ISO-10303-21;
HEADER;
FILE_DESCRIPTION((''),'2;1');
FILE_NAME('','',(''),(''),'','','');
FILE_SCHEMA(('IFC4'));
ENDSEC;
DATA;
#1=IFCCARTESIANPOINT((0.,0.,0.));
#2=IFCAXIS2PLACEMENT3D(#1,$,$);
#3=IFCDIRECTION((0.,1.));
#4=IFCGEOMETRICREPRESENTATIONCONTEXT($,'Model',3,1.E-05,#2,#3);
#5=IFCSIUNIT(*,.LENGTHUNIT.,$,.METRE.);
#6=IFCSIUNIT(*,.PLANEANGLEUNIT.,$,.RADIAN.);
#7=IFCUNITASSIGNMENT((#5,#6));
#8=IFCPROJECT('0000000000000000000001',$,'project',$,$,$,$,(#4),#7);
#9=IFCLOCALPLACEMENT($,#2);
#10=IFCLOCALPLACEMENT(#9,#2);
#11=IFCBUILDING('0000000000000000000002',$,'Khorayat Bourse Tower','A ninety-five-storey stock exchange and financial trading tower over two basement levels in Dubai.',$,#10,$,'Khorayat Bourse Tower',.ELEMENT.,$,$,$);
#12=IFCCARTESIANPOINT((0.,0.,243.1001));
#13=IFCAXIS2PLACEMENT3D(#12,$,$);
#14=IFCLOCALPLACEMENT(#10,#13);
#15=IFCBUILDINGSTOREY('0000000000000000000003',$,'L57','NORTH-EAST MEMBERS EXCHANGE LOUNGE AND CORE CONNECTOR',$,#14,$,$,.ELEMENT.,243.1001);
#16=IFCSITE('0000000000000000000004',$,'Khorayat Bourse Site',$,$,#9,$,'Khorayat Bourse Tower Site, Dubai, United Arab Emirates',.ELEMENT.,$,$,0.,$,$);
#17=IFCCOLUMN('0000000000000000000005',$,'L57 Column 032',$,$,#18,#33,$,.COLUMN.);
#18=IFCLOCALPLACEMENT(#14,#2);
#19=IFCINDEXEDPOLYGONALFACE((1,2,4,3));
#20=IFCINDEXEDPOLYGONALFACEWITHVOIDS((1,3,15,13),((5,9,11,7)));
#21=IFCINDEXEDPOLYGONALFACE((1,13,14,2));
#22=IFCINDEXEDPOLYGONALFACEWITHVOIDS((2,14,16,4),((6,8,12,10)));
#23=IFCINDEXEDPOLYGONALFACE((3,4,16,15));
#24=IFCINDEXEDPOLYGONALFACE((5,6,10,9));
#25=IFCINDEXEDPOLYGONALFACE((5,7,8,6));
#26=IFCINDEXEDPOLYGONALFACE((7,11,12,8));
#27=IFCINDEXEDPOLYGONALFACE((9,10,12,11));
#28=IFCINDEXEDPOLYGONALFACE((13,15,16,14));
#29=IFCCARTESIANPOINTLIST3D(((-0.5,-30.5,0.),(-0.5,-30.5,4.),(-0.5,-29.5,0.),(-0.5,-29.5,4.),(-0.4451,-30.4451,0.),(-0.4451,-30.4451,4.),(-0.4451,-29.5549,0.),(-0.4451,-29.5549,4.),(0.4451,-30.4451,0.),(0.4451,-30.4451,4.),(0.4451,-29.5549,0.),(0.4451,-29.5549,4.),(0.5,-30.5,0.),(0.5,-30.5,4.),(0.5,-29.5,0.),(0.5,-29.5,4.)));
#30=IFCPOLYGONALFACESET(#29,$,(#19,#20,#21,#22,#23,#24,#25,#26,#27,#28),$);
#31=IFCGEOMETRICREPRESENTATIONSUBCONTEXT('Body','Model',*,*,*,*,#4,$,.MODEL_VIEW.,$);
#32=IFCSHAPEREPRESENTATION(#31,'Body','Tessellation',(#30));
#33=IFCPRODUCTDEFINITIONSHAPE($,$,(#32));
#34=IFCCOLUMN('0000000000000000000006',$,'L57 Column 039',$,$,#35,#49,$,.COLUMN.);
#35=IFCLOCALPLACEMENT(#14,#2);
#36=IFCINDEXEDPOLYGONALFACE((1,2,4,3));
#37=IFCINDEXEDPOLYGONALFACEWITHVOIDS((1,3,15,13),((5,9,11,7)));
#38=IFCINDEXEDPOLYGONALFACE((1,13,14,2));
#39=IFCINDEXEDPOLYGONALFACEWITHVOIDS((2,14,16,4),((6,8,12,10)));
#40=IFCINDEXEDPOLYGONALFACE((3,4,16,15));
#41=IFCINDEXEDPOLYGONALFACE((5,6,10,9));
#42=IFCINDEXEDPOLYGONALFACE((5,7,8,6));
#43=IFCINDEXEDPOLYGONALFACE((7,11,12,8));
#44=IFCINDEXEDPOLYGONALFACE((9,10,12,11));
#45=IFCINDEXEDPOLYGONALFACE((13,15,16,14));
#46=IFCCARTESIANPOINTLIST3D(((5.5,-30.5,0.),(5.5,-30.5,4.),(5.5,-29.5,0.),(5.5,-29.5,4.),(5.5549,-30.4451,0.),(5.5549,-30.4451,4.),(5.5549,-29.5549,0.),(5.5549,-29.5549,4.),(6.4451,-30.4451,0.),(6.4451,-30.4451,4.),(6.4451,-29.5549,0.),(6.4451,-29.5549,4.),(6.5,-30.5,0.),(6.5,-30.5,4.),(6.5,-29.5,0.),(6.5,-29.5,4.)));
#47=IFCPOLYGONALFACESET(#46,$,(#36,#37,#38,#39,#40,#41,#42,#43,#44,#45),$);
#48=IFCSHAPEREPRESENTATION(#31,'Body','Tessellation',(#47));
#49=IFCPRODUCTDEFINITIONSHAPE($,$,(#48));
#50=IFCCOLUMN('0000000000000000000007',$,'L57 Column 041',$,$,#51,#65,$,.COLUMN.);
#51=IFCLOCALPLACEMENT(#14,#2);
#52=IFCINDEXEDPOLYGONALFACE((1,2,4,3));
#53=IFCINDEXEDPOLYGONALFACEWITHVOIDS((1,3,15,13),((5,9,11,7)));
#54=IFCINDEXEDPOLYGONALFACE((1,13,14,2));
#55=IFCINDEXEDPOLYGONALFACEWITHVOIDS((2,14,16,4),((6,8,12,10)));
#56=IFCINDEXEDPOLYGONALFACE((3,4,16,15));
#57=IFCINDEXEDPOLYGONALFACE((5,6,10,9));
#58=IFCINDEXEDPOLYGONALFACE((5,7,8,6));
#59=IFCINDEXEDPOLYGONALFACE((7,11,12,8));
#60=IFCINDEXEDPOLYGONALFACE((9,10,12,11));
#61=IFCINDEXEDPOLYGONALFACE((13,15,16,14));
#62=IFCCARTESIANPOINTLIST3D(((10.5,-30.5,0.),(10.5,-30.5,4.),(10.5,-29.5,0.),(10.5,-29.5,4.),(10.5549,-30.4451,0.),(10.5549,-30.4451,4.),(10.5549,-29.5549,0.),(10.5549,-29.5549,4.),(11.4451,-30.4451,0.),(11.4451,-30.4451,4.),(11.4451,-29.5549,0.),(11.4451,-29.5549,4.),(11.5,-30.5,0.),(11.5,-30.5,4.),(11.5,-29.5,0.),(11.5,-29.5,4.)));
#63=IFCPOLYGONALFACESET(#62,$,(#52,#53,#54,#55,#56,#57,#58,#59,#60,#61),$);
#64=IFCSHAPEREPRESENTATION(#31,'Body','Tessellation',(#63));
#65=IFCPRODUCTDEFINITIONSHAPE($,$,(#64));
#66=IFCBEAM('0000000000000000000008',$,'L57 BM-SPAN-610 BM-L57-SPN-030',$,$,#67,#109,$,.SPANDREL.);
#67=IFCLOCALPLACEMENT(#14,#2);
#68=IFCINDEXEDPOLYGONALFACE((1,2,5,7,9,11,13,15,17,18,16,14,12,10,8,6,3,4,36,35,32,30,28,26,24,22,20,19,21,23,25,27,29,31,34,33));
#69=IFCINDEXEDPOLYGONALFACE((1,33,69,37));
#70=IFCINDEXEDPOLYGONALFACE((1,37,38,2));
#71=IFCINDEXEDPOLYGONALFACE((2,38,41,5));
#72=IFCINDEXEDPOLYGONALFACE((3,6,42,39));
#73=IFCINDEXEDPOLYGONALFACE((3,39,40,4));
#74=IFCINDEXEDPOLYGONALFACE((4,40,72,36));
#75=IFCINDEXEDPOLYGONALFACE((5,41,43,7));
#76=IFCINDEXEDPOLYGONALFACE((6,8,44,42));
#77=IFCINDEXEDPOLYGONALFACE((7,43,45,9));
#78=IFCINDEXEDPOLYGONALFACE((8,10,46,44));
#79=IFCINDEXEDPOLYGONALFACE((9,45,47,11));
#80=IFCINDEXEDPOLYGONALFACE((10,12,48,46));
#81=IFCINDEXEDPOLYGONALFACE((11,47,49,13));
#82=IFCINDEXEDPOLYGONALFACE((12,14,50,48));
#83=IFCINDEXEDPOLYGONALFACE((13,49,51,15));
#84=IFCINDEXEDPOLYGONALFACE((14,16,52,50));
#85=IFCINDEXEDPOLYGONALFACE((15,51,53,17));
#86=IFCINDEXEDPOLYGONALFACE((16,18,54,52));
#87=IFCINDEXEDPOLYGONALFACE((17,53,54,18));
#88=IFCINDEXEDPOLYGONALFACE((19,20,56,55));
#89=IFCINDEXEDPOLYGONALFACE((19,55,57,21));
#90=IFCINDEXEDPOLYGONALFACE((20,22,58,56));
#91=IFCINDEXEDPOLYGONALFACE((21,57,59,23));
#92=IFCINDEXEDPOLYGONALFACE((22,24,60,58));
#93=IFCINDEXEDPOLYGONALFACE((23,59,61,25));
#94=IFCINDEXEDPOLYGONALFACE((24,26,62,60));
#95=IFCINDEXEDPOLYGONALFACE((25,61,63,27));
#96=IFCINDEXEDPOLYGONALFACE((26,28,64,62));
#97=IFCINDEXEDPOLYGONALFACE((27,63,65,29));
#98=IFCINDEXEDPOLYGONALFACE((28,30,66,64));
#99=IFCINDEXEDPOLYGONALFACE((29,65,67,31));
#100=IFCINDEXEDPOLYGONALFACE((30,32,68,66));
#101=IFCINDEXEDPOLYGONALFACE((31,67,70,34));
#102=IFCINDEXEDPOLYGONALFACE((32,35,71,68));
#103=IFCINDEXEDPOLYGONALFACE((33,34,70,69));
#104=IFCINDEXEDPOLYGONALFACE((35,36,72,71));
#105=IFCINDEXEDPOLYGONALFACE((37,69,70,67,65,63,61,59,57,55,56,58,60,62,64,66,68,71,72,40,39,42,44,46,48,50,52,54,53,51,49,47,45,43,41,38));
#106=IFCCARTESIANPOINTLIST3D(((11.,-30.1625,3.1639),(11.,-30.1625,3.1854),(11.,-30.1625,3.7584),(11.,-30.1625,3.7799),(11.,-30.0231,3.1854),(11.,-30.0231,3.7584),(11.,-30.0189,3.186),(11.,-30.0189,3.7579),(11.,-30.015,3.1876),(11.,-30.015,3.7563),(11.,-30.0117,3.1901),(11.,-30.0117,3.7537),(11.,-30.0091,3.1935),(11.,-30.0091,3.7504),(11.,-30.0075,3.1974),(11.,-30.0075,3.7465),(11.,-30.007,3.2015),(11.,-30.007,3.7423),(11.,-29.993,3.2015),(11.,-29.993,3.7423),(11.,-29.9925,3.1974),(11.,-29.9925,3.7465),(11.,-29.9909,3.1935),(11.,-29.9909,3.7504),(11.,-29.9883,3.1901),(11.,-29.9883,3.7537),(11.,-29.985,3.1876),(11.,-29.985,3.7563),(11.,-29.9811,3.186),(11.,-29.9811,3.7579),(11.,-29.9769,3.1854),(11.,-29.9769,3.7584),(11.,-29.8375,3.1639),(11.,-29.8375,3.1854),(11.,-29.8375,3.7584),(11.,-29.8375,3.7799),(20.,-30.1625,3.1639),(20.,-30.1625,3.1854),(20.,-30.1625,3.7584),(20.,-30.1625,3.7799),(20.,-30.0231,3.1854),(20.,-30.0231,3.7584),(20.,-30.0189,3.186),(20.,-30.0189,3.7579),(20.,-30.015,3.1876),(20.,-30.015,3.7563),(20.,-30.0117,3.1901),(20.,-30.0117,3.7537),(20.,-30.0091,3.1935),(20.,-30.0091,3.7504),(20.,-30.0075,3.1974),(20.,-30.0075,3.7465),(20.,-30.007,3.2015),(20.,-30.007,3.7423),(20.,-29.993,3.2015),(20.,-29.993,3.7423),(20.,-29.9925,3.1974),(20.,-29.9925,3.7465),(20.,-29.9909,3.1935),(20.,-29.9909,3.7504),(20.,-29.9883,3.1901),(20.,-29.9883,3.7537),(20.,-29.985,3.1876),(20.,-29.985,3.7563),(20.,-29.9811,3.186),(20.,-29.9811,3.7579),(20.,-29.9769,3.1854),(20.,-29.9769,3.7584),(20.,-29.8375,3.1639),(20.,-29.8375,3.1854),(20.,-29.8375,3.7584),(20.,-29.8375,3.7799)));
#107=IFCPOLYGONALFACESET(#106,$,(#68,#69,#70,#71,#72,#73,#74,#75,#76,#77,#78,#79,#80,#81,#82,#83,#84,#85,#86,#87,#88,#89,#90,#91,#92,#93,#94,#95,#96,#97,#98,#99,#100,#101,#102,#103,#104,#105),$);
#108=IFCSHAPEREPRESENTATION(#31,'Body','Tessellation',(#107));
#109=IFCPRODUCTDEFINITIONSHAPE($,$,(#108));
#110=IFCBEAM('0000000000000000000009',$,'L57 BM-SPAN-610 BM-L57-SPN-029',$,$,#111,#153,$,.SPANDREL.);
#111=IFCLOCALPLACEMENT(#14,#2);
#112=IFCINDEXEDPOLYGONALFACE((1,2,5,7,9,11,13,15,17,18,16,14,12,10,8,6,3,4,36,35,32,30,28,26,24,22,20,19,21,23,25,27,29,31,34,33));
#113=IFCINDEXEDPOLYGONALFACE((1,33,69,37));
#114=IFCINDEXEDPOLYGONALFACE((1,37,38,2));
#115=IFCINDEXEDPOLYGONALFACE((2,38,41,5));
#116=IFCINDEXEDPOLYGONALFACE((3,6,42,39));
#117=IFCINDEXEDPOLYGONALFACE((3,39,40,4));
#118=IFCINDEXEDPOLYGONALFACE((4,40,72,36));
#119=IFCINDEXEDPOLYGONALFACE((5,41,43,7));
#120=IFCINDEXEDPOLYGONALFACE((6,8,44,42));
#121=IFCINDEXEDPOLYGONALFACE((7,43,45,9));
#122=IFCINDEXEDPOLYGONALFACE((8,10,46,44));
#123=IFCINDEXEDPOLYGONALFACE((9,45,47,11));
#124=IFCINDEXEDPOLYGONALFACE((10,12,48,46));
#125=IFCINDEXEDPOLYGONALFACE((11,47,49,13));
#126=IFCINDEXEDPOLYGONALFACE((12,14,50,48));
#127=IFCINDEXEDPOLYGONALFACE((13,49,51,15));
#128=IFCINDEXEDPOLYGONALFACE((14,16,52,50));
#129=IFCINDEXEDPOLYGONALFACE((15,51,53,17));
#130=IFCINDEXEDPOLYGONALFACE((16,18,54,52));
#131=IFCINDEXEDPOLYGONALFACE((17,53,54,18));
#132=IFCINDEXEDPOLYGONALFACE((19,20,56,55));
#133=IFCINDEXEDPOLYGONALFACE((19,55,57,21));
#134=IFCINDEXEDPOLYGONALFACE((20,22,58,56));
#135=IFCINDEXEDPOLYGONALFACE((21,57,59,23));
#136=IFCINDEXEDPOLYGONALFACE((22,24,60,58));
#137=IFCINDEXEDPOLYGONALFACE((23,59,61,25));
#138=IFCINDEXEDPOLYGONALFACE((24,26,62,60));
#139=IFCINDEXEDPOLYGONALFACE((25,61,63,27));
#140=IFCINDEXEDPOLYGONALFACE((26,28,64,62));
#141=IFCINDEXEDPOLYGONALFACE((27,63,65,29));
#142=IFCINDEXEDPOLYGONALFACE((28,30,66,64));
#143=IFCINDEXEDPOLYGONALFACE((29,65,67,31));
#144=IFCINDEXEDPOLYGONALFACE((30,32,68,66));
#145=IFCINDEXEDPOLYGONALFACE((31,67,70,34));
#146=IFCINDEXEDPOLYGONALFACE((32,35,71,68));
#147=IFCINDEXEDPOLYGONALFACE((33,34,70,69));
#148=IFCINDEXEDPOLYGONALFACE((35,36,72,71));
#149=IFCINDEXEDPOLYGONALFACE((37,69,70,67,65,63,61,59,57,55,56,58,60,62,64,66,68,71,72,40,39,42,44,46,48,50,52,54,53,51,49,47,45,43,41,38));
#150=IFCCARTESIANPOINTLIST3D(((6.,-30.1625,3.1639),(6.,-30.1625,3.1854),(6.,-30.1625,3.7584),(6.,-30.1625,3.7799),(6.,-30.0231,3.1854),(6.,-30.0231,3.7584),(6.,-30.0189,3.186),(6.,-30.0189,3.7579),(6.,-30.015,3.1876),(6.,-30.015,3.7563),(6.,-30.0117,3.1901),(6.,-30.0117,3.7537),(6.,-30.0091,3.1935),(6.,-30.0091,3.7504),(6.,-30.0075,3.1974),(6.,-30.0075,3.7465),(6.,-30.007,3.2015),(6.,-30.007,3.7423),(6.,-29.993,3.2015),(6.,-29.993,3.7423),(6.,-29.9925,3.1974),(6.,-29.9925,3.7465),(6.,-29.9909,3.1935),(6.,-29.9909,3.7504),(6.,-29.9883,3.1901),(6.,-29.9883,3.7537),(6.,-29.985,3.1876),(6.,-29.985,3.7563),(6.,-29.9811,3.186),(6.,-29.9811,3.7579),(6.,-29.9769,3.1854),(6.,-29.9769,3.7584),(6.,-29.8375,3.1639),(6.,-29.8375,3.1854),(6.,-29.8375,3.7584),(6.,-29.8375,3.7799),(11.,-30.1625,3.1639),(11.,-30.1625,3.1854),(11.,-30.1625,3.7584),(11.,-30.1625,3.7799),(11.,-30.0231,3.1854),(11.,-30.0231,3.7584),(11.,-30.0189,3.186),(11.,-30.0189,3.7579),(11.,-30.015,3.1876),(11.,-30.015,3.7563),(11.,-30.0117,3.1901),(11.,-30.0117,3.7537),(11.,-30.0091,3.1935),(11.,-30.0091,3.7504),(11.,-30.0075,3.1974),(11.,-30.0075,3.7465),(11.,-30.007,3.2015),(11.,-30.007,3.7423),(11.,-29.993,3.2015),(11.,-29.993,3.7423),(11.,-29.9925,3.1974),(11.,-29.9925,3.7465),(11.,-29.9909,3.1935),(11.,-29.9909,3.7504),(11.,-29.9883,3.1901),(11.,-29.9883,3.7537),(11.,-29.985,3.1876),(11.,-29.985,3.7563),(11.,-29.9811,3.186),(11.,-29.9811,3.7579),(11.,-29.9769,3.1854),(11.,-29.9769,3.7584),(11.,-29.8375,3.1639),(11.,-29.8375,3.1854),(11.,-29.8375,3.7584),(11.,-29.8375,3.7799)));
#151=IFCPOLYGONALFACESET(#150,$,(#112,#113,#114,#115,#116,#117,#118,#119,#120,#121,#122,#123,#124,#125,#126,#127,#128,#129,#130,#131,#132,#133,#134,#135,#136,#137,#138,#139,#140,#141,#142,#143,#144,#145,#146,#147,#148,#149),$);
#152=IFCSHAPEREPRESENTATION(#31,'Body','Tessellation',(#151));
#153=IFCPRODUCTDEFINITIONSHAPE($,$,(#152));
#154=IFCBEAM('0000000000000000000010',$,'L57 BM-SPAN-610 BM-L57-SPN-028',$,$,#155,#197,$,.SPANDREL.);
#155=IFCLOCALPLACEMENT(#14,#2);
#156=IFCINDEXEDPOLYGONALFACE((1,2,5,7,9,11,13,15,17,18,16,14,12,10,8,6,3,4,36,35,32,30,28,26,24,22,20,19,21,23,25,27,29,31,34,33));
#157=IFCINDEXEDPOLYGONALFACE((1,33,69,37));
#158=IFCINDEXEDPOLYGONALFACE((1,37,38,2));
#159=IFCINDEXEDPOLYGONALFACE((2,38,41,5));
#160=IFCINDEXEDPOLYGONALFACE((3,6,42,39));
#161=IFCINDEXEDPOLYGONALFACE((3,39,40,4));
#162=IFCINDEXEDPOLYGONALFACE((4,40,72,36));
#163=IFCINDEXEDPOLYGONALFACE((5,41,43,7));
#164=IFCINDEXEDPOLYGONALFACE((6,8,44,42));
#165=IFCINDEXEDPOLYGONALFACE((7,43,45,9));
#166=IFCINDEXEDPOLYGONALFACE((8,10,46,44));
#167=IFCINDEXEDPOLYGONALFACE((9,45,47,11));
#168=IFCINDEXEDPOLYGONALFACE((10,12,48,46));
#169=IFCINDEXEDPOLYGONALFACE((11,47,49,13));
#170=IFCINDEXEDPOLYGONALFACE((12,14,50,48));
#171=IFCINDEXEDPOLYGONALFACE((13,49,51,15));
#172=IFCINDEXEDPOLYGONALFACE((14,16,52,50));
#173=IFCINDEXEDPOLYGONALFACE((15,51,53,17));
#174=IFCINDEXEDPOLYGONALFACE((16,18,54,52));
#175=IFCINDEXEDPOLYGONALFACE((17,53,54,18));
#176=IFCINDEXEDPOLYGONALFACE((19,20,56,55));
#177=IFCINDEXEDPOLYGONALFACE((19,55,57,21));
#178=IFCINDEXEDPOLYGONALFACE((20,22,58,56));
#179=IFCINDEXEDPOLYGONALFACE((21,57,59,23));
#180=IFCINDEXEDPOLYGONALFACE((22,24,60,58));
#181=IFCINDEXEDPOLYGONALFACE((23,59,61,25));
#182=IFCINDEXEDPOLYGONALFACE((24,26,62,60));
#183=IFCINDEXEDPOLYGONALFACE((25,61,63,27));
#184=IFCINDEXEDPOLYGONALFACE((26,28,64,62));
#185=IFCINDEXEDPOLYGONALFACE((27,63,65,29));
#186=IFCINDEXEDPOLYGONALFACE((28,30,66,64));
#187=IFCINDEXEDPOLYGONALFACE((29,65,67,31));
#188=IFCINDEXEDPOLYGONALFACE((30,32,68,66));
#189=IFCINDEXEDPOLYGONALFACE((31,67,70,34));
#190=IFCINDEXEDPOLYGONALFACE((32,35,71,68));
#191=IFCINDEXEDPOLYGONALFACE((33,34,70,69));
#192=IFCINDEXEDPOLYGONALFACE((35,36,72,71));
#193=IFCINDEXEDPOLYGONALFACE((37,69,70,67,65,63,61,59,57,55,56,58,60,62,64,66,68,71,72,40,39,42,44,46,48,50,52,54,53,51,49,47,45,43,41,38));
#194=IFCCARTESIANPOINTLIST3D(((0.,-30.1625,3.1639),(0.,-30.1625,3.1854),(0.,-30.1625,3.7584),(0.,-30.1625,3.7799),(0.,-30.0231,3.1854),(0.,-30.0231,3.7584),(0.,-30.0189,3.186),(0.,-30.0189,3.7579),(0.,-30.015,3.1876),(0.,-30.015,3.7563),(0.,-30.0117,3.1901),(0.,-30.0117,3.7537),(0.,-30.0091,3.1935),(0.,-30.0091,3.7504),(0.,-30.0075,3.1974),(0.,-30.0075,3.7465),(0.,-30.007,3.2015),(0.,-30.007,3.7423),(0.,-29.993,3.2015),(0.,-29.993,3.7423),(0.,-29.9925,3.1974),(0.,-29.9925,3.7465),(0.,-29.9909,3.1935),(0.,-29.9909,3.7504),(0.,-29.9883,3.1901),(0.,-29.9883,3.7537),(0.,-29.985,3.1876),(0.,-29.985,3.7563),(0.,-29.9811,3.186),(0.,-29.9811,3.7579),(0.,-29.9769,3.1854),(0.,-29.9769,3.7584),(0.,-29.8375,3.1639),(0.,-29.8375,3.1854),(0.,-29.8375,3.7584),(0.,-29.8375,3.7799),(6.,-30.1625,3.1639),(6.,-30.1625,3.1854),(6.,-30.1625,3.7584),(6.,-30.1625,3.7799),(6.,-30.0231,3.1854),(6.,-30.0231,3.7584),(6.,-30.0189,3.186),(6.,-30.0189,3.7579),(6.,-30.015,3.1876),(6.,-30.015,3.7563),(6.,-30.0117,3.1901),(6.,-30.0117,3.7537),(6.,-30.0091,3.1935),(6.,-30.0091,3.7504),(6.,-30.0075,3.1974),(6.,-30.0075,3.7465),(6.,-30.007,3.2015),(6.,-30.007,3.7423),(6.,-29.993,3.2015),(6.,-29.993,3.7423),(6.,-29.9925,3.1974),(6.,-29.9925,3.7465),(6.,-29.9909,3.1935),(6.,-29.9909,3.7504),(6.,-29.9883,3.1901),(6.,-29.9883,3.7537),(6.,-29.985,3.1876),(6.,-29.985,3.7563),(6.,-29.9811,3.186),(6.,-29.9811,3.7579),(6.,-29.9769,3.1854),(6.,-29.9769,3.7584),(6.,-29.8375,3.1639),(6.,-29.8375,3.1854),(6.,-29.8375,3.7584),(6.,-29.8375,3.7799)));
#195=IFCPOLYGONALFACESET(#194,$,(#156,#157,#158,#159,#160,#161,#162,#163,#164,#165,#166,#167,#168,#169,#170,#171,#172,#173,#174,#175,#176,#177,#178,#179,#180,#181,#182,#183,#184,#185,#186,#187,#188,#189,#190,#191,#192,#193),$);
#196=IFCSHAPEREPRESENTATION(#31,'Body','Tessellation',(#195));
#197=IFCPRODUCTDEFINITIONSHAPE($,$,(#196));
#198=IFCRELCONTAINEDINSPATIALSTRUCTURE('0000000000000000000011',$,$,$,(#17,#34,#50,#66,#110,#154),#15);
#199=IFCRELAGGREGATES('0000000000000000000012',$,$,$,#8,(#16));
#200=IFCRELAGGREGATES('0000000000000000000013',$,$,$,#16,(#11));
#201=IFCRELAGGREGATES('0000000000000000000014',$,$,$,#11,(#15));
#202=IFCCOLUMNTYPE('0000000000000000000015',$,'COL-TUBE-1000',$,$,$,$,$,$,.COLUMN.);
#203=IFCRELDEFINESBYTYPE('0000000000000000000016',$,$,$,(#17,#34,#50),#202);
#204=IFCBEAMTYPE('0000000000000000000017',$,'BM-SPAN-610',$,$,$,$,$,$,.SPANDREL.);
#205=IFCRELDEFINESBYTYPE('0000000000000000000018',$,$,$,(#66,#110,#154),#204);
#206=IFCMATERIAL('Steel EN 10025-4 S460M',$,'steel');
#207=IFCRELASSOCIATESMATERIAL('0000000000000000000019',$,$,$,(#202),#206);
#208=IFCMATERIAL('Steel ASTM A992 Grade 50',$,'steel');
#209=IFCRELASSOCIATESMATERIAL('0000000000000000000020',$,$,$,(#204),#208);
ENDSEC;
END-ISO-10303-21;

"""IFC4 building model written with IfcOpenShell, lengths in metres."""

from ifc_helpers import new_model, si_unit, direction, frame, origin, origin_2d, place, context, subcontext, project, spatial, hollow_rectangle, i_section, extrude, source, transform, mapped, material, material_profile, profile_set, type_object, element, save


model = new_model("IFC4")

# Units and contexts
model_context = context("Model", 3, precision=1e-05, world=origin(), true_north=direction((0.0, 1.0)))
body_context = subcontext(model_context, "Body", "Model", "MODEL_VIEW")
ifc_project = project(units=[si_unit("LENGTHUNIT", "METRE"), si_unit("PLANEANGLEUNIT", "RADIAN")], contexts=[model_context])

# Site, building, storey
site_placement = place(None, origin())
site = spatial("IfcSite", under=ifc_project, at=site_placement, Name="Khorayat Bourse Site", LongName="Khorayat Bourse Tower Site, Dubai, United Arab Emirates", CompositionType="ELEMENT", RefElevation=0.0)
building_placement = place(site_placement, origin())
building = spatial("IfcBuilding", under=site, at=building_placement, Name="Khorayat Bourse Tower", Description="A ninety-five-storey stock exchange and financial trading tower over two basement levels in Dubai.", LongName="Khorayat Bourse Tower", CompositionType="ELEMENT")
storey_placement = place(building_placement, frame((0.0, 0.0, 243.1001)))
storey = spatial("IfcBuildingStorey", under=building, at=storey_placement, Name="L57", Description="NORTH-EAST MEMBERS EXCHANGE LOUNGE AND CORE CONNECTOR", CompositionType="ELEMENT", Elevation=243.1001)

# Columns
ifc_material_1 = material(Name="Steel EN 10025-4 S460M", Category="steel")
ifc_material_profile_1 = material_profile(ifc_material_1, hollow_rectangle(XDim=1.0, YDim=1.0, WallThickness=0.0549, at=origin_2d()), Name="BOX 1000x1000x55")
ifc_profile_set_1 = profile_set([ifc_material_profile_1], Name="Steel EN 10025-4 S460M")
column_type = type_object("IfcColumnType", Name="COL-TUBE-1000", PredefinedType="COLUMN", material=ifc_profile_set_1)
shared_shape_1 = source(origin(), body_context, "Body", "SweptSolid", [
    extrude(hollow_rectangle(XDim=1.0, YDim=1.0, WallThickness=0.0549, at=origin_2d()), origin(), (0.0, 0.0, 1.0), 4.0),
])
for number, where, z_axis, x_axis, name in (
    (1, (0.0, -30.0, 0.0), (0.0, 0.0, 1.0), (1.0, 0.0, 0.0), "L57 Column 032"),
    (2, (6.0, -30.0, 0.0), (0.0, 0.0, 1.0), (1.0, 0.0, 0.0), "L57 Column 039"),
    (3, (11.0, -30.0, 0.0), (0.0, 0.0, 1.0), (1.0, 0.0, 0.0), "L57 Column 041"),
):
    element("IfcColumn", number, at=place(storey_placement, frame(where, z_axis=z_axis, x_axis=x_axis)), inside=storey, type_object=column_type, Name=name, PredefinedType="COLUMN", context=body_context, shape_type="MappedRepresentation", body=[
        mapped(shared_shape_1, transform((0.0, 0.0, 0.0), scale=1.0)),
    ])

# Beams
ifc_material_2 = material(Name="Steel ASTM A992 Grade 50", Category="steel")
ifc_material_profile_2 = material_profile(ifc_material_2, i_section(OverallWidth=0.325, OverallDepth=0.616, WebThickness=0.0139, FlangeThickness=0.0215, FilletRadius=0.0161, at=origin_2d()), Name="W610X174")
ifc_profile_set_2 = profile_set([ifc_material_profile_2], Name="Steel ASTM A992 Grade 50")
beam_type_1 = type_object("IfcBeamType", Name="BM-SPAN-610", PredefinedType="SPANDREL", material=ifc_profile_set_2)
shared_shape_2 = source(origin(), body_context, "Body", "SweptSolid", [
    extrude(i_section(OverallWidth=0.325, OverallDepth=0.616, WebThickness=0.0139, FlangeThickness=0.0215, FilletRadius=0.0161, at=origin_2d()), origin(), (0.0, 0.0, 1.0), 9.0),
])
beam_1_placement = place(storey_placement, frame((11.0, -30.0, 3.4719), z_axis=(1.0, 0.0, 0.0), x_axis=(0.0, 1.0, 0.0)))
element("IfcBeam", 4, at=beam_1_placement, inside=storey, type_object=beam_type_1, Name="L57 BM-SPAN-610 BM-L57-SPN-030", PredefinedType="SPANDREL", context=body_context, shape_type="MappedRepresentation", body=[
    mapped(shared_shape_2, transform((0.0, 0.0, 0.0), scale=1.0)),
])
shared_shape_3 = source(origin(), body_context, "Body", "SweptSolid", [
    extrude(i_section(OverallWidth=0.325, OverallDepth=0.616, WebThickness=0.0139, FlangeThickness=0.0215, FilletRadius=0.0161, at=origin_2d()), origin(), (0.0, 0.0, 1.0), 5.0),
])
beam_2_placement = place(storey_placement, frame((6.0, -30.0, 3.4719), z_axis=(1.0, 0.0, 0.0), x_axis=(0.0, 1.0, 0.0)))
element("IfcBeam", 5, at=beam_2_placement, inside=storey, type_object=beam_type_1, Name="L57 BM-SPAN-610 BM-L57-SPN-029", PredefinedType="SPANDREL", context=body_context, shape_type="MappedRepresentation", body=[
    mapped(shared_shape_3, transform((0.0, 0.0, 0.0), scale=1.0)),
])
shared_shape_4 = source(origin(), body_context, "Body", "SweptSolid", [
    extrude(i_section(OverallWidth=0.325, OverallDepth=0.616, WebThickness=0.0139, FlangeThickness=0.0215, FilletRadius=0.0161, at=origin_2d()), origin(), (0.0, 0.0, 1.0), 6.0),
])
beam_3_placement = place(storey_placement, frame((0.0, -30.0, 3.4719), z_axis=(1.0, 0.0, 0.0), x_axis=(0.0, 1.0, 0.0)))
element("IfcBeam", 6, at=beam_3_placement, inside=storey, type_object=beam_type_1, Name="L57 BM-SPAN-610 BM-L57-SPN-028", PredefinedType="SPANDREL", context=body_context, shape_type="MappedRepresentation", body=[
    mapped(shared_shape_4, transform((0.0, 0.0, 0.0), scale=1.0)),
])

save(model, "model.ifc")
